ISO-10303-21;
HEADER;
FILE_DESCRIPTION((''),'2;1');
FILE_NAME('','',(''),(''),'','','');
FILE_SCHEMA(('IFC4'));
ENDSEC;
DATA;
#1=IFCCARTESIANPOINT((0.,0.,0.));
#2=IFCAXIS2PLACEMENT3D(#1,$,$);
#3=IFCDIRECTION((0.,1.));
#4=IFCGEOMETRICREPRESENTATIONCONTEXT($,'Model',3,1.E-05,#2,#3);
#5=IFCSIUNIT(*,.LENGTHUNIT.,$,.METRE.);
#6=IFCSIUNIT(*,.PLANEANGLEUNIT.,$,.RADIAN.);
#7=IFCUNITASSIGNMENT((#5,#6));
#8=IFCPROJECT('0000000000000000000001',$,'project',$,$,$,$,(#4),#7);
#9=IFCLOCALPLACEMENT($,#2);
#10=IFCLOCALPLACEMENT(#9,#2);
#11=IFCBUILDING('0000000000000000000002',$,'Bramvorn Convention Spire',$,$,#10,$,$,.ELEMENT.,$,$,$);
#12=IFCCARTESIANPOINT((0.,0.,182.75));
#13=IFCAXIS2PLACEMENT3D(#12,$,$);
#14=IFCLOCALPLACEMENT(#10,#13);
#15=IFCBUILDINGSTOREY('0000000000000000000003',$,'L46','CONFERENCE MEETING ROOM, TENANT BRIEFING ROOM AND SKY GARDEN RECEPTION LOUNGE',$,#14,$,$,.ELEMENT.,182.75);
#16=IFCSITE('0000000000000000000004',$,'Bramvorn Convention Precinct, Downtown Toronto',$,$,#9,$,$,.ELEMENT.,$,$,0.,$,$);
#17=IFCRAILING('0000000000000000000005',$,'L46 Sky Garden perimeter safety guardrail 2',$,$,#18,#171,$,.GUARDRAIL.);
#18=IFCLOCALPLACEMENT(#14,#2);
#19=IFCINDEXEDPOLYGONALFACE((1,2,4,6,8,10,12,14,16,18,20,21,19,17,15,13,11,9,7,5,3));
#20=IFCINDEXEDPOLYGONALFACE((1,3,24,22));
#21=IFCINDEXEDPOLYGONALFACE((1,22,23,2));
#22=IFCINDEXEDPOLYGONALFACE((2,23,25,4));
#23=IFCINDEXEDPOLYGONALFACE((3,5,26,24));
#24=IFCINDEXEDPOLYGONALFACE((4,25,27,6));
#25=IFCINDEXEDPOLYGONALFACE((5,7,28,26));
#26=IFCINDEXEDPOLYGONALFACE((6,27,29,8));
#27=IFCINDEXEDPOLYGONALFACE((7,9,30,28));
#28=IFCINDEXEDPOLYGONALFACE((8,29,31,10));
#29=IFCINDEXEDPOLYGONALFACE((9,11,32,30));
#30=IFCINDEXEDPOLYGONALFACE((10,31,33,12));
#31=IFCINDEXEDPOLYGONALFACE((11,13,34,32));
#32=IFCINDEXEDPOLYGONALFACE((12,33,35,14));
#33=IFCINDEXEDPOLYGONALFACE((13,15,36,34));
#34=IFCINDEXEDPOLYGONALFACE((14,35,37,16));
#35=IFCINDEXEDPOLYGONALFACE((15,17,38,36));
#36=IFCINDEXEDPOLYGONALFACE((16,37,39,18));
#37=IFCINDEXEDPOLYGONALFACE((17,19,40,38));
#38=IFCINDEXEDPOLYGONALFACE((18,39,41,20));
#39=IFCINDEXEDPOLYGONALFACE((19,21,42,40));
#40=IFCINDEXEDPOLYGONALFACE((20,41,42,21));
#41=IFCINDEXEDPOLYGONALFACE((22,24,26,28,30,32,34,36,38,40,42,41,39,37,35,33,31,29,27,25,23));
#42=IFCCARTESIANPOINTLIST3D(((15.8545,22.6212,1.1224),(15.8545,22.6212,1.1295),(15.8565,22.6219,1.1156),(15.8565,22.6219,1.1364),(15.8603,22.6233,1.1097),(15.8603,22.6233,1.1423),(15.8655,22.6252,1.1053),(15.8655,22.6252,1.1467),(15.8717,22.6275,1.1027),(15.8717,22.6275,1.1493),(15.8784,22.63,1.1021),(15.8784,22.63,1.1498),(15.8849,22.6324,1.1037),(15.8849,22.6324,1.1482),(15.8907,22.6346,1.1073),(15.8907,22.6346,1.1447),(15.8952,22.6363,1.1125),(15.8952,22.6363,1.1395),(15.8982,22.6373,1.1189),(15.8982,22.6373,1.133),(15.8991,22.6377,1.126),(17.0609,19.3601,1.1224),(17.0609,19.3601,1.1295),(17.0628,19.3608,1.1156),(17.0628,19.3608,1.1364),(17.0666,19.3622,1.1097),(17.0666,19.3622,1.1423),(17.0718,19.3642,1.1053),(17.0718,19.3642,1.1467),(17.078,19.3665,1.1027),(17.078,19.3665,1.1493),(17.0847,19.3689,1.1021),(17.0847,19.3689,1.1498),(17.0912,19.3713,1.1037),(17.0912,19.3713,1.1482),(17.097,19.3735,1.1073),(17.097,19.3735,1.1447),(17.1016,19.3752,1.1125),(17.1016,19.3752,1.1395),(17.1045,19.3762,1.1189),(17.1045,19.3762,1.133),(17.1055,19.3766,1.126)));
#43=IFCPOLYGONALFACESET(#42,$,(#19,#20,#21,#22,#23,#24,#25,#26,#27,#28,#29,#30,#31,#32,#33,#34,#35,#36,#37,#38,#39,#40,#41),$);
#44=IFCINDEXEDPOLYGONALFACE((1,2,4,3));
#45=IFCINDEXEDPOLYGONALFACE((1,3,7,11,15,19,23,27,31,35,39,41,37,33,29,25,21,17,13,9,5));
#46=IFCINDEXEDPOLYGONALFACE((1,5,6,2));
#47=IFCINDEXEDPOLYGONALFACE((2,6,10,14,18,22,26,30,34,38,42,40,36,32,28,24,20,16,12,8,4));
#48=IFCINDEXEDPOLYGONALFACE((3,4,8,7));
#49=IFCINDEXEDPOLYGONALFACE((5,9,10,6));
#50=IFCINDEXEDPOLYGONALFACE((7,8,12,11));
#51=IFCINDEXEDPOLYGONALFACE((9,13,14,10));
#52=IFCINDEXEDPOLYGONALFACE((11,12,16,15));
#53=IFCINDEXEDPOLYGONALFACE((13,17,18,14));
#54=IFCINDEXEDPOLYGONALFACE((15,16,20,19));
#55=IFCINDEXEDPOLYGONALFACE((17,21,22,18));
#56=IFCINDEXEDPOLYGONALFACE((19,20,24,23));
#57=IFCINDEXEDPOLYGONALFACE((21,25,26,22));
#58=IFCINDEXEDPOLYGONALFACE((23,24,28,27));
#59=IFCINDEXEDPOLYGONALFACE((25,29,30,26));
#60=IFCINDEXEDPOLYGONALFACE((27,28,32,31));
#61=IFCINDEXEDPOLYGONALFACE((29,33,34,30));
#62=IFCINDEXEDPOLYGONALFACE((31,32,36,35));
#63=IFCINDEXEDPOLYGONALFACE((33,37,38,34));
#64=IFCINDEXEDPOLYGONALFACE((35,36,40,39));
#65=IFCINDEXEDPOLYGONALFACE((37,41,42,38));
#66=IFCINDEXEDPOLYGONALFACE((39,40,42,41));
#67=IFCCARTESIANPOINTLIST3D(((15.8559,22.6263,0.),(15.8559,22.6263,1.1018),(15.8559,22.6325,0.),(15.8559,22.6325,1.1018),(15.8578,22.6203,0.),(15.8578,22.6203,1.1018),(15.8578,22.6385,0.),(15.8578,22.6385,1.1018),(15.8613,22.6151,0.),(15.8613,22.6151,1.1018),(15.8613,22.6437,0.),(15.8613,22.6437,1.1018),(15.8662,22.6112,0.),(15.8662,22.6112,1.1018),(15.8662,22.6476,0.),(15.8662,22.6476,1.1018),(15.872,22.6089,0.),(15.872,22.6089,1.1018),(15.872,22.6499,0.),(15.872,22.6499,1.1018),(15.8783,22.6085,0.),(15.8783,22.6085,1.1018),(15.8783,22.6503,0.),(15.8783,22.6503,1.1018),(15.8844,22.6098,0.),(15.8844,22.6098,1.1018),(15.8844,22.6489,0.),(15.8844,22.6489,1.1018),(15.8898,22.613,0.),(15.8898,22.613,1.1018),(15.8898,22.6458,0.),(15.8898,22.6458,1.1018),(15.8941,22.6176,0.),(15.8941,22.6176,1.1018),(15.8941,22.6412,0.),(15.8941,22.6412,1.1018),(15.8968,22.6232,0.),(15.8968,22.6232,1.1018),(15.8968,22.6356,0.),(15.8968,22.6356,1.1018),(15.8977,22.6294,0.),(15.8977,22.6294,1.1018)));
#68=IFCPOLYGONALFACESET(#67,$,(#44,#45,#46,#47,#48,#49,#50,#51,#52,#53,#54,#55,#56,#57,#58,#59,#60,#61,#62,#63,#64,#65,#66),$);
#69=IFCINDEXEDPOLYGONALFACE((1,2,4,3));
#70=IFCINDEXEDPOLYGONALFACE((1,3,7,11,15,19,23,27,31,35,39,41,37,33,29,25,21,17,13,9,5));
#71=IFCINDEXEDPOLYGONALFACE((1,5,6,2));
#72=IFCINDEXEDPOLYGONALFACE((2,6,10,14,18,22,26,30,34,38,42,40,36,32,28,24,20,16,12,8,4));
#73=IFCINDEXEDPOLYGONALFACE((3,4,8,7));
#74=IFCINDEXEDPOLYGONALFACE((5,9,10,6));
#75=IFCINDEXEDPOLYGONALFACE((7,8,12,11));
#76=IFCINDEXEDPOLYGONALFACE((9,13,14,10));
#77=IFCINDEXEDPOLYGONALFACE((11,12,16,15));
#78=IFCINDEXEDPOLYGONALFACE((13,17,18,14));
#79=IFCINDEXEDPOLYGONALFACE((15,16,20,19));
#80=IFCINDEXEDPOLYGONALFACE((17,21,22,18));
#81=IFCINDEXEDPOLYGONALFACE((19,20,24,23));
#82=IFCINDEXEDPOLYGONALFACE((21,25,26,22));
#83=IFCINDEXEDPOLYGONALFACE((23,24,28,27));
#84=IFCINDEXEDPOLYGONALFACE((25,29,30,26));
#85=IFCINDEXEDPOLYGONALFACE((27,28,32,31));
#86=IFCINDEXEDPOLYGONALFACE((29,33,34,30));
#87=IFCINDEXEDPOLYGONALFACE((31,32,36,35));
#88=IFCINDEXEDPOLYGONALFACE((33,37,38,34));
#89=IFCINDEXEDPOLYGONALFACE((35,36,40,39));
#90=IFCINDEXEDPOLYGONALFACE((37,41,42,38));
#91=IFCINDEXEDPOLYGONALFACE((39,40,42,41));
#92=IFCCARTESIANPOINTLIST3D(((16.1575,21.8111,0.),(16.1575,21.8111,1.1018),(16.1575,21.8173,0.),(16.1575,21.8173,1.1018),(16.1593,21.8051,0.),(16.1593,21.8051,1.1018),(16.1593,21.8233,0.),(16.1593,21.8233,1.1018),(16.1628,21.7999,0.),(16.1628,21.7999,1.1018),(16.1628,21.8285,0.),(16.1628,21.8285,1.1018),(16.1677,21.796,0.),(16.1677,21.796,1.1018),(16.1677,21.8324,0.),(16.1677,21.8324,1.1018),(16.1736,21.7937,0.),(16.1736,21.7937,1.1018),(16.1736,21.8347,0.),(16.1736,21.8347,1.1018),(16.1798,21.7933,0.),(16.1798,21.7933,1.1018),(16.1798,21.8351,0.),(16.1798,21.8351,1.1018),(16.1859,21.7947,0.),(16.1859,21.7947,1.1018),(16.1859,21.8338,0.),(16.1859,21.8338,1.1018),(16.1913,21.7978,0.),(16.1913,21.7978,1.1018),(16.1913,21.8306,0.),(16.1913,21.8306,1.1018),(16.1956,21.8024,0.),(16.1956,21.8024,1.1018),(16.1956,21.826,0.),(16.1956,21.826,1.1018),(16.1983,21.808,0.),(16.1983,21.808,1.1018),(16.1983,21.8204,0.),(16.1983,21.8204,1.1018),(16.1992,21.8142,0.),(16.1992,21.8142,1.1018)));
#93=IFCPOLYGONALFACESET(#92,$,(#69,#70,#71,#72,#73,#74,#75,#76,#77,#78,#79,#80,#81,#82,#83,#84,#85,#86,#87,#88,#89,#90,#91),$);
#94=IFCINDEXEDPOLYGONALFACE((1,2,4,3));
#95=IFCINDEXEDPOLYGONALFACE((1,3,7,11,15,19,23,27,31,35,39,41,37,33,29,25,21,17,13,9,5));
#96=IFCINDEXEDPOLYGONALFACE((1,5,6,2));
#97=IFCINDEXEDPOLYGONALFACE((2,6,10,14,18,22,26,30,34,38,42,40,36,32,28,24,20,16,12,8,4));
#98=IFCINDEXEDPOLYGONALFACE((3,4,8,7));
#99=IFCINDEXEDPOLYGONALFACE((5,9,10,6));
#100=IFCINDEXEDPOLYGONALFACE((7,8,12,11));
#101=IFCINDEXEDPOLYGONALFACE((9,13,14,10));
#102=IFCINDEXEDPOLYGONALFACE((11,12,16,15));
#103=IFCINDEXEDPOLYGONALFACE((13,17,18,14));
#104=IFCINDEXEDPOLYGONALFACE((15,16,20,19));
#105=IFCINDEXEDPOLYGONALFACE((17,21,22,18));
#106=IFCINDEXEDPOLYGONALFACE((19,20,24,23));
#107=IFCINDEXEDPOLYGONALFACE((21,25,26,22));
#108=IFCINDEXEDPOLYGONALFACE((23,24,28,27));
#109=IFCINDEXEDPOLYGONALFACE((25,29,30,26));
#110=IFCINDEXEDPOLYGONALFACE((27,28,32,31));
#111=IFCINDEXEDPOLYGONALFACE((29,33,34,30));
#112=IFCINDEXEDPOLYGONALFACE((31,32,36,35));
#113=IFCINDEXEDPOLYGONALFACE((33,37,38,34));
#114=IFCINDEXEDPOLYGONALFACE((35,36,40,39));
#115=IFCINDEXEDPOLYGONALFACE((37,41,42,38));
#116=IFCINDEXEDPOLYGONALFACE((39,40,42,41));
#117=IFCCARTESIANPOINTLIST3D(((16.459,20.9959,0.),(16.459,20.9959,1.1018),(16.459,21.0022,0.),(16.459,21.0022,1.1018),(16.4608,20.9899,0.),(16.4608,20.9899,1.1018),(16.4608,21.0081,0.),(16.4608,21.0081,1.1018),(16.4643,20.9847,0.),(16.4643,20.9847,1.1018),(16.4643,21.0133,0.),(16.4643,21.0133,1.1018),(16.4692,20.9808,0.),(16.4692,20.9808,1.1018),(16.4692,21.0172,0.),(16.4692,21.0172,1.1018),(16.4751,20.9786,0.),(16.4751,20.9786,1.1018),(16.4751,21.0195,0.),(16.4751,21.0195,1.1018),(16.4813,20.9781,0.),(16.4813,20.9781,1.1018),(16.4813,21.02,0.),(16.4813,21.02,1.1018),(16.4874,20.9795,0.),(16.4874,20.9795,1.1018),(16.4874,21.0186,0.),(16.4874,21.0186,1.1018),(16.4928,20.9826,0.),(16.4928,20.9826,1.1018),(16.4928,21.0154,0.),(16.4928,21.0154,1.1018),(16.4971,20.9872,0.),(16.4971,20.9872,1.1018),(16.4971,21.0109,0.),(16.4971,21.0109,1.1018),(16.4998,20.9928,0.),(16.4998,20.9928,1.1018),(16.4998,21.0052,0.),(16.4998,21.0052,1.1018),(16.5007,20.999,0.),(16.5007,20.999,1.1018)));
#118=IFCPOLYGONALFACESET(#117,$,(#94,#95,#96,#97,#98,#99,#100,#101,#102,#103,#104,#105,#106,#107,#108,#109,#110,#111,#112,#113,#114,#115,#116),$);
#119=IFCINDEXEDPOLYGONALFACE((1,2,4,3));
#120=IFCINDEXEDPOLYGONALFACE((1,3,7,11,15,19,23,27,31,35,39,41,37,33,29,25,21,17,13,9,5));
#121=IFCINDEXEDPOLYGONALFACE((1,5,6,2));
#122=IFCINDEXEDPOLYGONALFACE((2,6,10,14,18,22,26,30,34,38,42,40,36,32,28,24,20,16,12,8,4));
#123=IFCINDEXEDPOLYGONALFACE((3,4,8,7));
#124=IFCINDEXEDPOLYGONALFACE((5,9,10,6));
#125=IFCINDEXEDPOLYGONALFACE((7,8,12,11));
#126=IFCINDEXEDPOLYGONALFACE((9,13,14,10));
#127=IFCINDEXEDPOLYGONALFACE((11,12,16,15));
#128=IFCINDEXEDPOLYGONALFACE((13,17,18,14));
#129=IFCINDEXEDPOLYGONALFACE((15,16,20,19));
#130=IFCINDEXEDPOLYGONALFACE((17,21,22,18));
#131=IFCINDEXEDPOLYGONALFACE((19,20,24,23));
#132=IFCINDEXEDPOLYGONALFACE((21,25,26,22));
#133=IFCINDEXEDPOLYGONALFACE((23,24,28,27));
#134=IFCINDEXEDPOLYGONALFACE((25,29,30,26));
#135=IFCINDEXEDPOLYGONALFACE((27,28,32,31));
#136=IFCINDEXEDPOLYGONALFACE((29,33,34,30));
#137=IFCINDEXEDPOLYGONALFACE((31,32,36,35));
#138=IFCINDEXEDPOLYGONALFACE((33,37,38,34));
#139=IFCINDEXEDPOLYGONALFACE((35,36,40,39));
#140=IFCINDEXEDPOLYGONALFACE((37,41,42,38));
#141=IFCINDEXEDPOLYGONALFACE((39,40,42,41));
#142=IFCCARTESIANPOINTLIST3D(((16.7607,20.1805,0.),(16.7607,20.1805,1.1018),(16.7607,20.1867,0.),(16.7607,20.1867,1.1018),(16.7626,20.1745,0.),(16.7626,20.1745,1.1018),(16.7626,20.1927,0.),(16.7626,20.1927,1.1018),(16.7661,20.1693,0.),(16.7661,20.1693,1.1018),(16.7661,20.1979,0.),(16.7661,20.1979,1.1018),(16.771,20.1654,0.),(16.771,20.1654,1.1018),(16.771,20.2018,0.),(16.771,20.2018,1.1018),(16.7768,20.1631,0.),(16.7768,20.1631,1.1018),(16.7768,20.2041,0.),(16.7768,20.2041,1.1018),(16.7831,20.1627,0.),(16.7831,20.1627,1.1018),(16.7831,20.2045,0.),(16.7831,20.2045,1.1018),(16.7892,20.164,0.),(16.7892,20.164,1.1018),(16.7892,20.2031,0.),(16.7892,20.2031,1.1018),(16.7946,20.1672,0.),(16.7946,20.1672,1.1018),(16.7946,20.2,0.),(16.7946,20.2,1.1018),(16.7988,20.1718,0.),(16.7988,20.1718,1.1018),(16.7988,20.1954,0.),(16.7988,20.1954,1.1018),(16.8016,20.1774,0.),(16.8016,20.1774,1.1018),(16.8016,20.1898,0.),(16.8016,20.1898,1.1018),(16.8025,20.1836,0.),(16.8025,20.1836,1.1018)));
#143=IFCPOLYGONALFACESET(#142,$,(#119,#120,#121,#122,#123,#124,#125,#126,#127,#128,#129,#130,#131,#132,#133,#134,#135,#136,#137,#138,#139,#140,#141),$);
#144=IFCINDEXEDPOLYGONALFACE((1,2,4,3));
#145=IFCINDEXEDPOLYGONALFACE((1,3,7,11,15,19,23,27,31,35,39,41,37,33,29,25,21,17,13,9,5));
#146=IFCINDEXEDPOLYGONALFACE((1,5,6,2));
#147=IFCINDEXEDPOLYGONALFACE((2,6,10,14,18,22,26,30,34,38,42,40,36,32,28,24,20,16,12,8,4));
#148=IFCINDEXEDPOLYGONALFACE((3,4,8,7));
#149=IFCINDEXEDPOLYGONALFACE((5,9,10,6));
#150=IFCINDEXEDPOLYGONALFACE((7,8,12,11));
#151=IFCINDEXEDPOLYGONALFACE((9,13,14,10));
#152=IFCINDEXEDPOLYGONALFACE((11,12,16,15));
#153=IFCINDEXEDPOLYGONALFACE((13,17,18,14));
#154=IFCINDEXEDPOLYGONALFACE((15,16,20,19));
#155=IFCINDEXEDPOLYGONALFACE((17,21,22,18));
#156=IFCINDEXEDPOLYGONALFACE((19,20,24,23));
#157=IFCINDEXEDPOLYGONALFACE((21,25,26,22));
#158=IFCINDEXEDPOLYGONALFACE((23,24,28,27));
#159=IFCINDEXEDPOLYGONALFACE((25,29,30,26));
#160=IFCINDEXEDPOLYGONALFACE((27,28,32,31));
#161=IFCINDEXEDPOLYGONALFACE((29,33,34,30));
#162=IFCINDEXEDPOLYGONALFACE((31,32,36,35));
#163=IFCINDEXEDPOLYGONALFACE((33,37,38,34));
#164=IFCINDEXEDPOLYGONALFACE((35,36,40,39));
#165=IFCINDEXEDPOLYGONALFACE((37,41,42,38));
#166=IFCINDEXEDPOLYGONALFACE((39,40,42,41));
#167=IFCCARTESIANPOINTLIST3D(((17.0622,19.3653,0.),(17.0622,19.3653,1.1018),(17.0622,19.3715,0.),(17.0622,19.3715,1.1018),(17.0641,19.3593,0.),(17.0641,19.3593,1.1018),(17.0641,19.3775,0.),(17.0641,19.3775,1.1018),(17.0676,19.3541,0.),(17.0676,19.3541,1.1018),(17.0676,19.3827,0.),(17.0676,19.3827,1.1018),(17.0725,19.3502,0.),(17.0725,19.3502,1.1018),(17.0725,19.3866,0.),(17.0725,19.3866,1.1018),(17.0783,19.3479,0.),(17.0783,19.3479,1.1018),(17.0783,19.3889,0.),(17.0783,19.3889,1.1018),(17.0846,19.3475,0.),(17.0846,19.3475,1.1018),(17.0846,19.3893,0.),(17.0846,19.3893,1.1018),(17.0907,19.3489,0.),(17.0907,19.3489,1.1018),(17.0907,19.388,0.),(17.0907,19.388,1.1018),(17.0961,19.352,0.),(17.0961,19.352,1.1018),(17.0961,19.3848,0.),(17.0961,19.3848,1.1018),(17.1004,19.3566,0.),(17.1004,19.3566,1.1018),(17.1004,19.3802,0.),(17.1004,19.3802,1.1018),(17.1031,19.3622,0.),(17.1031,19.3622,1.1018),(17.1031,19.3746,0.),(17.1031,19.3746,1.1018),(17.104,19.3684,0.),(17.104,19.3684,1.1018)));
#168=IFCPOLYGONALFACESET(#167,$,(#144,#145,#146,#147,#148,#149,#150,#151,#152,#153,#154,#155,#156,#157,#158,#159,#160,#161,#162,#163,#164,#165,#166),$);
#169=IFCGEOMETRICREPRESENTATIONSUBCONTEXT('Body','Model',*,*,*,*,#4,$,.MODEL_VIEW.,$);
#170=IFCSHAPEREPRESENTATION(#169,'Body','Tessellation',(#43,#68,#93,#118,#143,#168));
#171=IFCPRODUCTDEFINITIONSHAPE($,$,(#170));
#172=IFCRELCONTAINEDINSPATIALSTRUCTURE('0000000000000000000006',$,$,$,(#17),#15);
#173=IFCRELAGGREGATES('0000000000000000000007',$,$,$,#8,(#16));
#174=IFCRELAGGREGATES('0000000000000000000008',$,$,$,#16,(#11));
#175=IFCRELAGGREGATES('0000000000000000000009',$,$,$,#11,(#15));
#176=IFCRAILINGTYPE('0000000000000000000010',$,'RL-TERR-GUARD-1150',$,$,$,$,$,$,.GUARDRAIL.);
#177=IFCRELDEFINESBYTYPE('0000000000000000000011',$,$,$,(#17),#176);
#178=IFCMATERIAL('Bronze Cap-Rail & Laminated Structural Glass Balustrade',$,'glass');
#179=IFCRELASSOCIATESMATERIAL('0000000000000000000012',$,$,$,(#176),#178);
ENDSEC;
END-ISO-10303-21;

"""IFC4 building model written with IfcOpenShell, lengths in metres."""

from ifc_helpers import new_model, si_unit, direction, frame, origin, origin_2d, place, context, subcontext, project, spatial, circle, extrude, material, type_object, element, save


model = new_model("IFC4")

# Units and contexts
model_context = context("Model", 3, precision=1e-05, world=origin(), true_north=direction((0.0, 1.0)))
body_context = subcontext(model_context, "Body", "Model", "MODEL_VIEW")
ifc_project = project(units=[si_unit("LENGTHUNIT", "METRE"), si_unit("PLANEANGLEUNIT", "RADIAN")], contexts=[model_context])

# Site, building, storey
site_placement = place(None, origin())
site = spatial("IfcSite", under=ifc_project, at=site_placement, Name="Bramvorn Convention Precinct, Downtown Toronto", CompositionType="ELEMENT", RefElevation=0.0)
building_placement = place(site_placement, origin())
building = spatial("IfcBuilding", under=site, at=building_placement, Name="Bramvorn Convention Spire", CompositionType="ELEMENT")
storey_placement = place(building_placement, frame((0.0, 0.0, 182.75)))
storey = spatial("IfcBuildingStorey", under=building, at=storey_placement, Name="L46", Description="CONFERENCE MEETING ROOM, TENANT BRIEFING ROOM AND SKY GARDEN RECEPTION LOUNGE", CompositionType="ELEMENT", Elevation=182.75)

# Railing
ifc_material_1 = material(Name="Bronze Cap-Rail & Laminated Structural Glass Balustrade", Category="glass")
railing_type = type_object("IfcRailingType", Name="RL-TERR-GUARD-1150", PredefinedType="GUARDRAIL", material=ifc_material_1)
railing_1_placement = place(storey_placement, frame((15.8767, 22.6294, 0.0)))
element("IfcRailing", 1, at=railing_1_placement, inside=storey, type_object=railing_type, Name="L46 Sky Garden perimeter safety guardrail 2", PredefinedType="GUARDRAIL", context=body_context, shape_type="SweptSolid", body=[
    extrude(circle(Radius=0.0239, at=origin_2d()), frame((0.0, 0.0, 1.126), z_axis=(0.346942, -0.937887, 0.0), x_axis=(0.937887, 0.346942, 0.0)), (0.0, 0.0, 1.0), 3.4771),
    extrude(circle(Radius=0.021, at=origin_2d()), origin(), (0.0, 0.0, 1.0), 1.1018),
    extrude(circle(Radius=0.021, at=origin_2d()), frame((0.3015, -0.8152, 0.0)), (0.0, 0.0, 1.0), 1.1018),
    extrude(circle(Radius=0.021, at=origin_2d()), frame((0.603, -1.6304, 0.0)), (0.0, 0.0, 1.0), 1.1018),
    extrude(circle(Radius=0.021, at=origin_2d()), frame((0.9048, -2.4458, 0.0)), (0.0, 0.0, 1.0), 1.1018),
    extrude(circle(Radius=0.021, at=origin_2d()), frame((1.2063, -3.261, 0.0)), (0.0, 0.0, 1.0), 1.1018),
])

save(model, "model.ifc")
